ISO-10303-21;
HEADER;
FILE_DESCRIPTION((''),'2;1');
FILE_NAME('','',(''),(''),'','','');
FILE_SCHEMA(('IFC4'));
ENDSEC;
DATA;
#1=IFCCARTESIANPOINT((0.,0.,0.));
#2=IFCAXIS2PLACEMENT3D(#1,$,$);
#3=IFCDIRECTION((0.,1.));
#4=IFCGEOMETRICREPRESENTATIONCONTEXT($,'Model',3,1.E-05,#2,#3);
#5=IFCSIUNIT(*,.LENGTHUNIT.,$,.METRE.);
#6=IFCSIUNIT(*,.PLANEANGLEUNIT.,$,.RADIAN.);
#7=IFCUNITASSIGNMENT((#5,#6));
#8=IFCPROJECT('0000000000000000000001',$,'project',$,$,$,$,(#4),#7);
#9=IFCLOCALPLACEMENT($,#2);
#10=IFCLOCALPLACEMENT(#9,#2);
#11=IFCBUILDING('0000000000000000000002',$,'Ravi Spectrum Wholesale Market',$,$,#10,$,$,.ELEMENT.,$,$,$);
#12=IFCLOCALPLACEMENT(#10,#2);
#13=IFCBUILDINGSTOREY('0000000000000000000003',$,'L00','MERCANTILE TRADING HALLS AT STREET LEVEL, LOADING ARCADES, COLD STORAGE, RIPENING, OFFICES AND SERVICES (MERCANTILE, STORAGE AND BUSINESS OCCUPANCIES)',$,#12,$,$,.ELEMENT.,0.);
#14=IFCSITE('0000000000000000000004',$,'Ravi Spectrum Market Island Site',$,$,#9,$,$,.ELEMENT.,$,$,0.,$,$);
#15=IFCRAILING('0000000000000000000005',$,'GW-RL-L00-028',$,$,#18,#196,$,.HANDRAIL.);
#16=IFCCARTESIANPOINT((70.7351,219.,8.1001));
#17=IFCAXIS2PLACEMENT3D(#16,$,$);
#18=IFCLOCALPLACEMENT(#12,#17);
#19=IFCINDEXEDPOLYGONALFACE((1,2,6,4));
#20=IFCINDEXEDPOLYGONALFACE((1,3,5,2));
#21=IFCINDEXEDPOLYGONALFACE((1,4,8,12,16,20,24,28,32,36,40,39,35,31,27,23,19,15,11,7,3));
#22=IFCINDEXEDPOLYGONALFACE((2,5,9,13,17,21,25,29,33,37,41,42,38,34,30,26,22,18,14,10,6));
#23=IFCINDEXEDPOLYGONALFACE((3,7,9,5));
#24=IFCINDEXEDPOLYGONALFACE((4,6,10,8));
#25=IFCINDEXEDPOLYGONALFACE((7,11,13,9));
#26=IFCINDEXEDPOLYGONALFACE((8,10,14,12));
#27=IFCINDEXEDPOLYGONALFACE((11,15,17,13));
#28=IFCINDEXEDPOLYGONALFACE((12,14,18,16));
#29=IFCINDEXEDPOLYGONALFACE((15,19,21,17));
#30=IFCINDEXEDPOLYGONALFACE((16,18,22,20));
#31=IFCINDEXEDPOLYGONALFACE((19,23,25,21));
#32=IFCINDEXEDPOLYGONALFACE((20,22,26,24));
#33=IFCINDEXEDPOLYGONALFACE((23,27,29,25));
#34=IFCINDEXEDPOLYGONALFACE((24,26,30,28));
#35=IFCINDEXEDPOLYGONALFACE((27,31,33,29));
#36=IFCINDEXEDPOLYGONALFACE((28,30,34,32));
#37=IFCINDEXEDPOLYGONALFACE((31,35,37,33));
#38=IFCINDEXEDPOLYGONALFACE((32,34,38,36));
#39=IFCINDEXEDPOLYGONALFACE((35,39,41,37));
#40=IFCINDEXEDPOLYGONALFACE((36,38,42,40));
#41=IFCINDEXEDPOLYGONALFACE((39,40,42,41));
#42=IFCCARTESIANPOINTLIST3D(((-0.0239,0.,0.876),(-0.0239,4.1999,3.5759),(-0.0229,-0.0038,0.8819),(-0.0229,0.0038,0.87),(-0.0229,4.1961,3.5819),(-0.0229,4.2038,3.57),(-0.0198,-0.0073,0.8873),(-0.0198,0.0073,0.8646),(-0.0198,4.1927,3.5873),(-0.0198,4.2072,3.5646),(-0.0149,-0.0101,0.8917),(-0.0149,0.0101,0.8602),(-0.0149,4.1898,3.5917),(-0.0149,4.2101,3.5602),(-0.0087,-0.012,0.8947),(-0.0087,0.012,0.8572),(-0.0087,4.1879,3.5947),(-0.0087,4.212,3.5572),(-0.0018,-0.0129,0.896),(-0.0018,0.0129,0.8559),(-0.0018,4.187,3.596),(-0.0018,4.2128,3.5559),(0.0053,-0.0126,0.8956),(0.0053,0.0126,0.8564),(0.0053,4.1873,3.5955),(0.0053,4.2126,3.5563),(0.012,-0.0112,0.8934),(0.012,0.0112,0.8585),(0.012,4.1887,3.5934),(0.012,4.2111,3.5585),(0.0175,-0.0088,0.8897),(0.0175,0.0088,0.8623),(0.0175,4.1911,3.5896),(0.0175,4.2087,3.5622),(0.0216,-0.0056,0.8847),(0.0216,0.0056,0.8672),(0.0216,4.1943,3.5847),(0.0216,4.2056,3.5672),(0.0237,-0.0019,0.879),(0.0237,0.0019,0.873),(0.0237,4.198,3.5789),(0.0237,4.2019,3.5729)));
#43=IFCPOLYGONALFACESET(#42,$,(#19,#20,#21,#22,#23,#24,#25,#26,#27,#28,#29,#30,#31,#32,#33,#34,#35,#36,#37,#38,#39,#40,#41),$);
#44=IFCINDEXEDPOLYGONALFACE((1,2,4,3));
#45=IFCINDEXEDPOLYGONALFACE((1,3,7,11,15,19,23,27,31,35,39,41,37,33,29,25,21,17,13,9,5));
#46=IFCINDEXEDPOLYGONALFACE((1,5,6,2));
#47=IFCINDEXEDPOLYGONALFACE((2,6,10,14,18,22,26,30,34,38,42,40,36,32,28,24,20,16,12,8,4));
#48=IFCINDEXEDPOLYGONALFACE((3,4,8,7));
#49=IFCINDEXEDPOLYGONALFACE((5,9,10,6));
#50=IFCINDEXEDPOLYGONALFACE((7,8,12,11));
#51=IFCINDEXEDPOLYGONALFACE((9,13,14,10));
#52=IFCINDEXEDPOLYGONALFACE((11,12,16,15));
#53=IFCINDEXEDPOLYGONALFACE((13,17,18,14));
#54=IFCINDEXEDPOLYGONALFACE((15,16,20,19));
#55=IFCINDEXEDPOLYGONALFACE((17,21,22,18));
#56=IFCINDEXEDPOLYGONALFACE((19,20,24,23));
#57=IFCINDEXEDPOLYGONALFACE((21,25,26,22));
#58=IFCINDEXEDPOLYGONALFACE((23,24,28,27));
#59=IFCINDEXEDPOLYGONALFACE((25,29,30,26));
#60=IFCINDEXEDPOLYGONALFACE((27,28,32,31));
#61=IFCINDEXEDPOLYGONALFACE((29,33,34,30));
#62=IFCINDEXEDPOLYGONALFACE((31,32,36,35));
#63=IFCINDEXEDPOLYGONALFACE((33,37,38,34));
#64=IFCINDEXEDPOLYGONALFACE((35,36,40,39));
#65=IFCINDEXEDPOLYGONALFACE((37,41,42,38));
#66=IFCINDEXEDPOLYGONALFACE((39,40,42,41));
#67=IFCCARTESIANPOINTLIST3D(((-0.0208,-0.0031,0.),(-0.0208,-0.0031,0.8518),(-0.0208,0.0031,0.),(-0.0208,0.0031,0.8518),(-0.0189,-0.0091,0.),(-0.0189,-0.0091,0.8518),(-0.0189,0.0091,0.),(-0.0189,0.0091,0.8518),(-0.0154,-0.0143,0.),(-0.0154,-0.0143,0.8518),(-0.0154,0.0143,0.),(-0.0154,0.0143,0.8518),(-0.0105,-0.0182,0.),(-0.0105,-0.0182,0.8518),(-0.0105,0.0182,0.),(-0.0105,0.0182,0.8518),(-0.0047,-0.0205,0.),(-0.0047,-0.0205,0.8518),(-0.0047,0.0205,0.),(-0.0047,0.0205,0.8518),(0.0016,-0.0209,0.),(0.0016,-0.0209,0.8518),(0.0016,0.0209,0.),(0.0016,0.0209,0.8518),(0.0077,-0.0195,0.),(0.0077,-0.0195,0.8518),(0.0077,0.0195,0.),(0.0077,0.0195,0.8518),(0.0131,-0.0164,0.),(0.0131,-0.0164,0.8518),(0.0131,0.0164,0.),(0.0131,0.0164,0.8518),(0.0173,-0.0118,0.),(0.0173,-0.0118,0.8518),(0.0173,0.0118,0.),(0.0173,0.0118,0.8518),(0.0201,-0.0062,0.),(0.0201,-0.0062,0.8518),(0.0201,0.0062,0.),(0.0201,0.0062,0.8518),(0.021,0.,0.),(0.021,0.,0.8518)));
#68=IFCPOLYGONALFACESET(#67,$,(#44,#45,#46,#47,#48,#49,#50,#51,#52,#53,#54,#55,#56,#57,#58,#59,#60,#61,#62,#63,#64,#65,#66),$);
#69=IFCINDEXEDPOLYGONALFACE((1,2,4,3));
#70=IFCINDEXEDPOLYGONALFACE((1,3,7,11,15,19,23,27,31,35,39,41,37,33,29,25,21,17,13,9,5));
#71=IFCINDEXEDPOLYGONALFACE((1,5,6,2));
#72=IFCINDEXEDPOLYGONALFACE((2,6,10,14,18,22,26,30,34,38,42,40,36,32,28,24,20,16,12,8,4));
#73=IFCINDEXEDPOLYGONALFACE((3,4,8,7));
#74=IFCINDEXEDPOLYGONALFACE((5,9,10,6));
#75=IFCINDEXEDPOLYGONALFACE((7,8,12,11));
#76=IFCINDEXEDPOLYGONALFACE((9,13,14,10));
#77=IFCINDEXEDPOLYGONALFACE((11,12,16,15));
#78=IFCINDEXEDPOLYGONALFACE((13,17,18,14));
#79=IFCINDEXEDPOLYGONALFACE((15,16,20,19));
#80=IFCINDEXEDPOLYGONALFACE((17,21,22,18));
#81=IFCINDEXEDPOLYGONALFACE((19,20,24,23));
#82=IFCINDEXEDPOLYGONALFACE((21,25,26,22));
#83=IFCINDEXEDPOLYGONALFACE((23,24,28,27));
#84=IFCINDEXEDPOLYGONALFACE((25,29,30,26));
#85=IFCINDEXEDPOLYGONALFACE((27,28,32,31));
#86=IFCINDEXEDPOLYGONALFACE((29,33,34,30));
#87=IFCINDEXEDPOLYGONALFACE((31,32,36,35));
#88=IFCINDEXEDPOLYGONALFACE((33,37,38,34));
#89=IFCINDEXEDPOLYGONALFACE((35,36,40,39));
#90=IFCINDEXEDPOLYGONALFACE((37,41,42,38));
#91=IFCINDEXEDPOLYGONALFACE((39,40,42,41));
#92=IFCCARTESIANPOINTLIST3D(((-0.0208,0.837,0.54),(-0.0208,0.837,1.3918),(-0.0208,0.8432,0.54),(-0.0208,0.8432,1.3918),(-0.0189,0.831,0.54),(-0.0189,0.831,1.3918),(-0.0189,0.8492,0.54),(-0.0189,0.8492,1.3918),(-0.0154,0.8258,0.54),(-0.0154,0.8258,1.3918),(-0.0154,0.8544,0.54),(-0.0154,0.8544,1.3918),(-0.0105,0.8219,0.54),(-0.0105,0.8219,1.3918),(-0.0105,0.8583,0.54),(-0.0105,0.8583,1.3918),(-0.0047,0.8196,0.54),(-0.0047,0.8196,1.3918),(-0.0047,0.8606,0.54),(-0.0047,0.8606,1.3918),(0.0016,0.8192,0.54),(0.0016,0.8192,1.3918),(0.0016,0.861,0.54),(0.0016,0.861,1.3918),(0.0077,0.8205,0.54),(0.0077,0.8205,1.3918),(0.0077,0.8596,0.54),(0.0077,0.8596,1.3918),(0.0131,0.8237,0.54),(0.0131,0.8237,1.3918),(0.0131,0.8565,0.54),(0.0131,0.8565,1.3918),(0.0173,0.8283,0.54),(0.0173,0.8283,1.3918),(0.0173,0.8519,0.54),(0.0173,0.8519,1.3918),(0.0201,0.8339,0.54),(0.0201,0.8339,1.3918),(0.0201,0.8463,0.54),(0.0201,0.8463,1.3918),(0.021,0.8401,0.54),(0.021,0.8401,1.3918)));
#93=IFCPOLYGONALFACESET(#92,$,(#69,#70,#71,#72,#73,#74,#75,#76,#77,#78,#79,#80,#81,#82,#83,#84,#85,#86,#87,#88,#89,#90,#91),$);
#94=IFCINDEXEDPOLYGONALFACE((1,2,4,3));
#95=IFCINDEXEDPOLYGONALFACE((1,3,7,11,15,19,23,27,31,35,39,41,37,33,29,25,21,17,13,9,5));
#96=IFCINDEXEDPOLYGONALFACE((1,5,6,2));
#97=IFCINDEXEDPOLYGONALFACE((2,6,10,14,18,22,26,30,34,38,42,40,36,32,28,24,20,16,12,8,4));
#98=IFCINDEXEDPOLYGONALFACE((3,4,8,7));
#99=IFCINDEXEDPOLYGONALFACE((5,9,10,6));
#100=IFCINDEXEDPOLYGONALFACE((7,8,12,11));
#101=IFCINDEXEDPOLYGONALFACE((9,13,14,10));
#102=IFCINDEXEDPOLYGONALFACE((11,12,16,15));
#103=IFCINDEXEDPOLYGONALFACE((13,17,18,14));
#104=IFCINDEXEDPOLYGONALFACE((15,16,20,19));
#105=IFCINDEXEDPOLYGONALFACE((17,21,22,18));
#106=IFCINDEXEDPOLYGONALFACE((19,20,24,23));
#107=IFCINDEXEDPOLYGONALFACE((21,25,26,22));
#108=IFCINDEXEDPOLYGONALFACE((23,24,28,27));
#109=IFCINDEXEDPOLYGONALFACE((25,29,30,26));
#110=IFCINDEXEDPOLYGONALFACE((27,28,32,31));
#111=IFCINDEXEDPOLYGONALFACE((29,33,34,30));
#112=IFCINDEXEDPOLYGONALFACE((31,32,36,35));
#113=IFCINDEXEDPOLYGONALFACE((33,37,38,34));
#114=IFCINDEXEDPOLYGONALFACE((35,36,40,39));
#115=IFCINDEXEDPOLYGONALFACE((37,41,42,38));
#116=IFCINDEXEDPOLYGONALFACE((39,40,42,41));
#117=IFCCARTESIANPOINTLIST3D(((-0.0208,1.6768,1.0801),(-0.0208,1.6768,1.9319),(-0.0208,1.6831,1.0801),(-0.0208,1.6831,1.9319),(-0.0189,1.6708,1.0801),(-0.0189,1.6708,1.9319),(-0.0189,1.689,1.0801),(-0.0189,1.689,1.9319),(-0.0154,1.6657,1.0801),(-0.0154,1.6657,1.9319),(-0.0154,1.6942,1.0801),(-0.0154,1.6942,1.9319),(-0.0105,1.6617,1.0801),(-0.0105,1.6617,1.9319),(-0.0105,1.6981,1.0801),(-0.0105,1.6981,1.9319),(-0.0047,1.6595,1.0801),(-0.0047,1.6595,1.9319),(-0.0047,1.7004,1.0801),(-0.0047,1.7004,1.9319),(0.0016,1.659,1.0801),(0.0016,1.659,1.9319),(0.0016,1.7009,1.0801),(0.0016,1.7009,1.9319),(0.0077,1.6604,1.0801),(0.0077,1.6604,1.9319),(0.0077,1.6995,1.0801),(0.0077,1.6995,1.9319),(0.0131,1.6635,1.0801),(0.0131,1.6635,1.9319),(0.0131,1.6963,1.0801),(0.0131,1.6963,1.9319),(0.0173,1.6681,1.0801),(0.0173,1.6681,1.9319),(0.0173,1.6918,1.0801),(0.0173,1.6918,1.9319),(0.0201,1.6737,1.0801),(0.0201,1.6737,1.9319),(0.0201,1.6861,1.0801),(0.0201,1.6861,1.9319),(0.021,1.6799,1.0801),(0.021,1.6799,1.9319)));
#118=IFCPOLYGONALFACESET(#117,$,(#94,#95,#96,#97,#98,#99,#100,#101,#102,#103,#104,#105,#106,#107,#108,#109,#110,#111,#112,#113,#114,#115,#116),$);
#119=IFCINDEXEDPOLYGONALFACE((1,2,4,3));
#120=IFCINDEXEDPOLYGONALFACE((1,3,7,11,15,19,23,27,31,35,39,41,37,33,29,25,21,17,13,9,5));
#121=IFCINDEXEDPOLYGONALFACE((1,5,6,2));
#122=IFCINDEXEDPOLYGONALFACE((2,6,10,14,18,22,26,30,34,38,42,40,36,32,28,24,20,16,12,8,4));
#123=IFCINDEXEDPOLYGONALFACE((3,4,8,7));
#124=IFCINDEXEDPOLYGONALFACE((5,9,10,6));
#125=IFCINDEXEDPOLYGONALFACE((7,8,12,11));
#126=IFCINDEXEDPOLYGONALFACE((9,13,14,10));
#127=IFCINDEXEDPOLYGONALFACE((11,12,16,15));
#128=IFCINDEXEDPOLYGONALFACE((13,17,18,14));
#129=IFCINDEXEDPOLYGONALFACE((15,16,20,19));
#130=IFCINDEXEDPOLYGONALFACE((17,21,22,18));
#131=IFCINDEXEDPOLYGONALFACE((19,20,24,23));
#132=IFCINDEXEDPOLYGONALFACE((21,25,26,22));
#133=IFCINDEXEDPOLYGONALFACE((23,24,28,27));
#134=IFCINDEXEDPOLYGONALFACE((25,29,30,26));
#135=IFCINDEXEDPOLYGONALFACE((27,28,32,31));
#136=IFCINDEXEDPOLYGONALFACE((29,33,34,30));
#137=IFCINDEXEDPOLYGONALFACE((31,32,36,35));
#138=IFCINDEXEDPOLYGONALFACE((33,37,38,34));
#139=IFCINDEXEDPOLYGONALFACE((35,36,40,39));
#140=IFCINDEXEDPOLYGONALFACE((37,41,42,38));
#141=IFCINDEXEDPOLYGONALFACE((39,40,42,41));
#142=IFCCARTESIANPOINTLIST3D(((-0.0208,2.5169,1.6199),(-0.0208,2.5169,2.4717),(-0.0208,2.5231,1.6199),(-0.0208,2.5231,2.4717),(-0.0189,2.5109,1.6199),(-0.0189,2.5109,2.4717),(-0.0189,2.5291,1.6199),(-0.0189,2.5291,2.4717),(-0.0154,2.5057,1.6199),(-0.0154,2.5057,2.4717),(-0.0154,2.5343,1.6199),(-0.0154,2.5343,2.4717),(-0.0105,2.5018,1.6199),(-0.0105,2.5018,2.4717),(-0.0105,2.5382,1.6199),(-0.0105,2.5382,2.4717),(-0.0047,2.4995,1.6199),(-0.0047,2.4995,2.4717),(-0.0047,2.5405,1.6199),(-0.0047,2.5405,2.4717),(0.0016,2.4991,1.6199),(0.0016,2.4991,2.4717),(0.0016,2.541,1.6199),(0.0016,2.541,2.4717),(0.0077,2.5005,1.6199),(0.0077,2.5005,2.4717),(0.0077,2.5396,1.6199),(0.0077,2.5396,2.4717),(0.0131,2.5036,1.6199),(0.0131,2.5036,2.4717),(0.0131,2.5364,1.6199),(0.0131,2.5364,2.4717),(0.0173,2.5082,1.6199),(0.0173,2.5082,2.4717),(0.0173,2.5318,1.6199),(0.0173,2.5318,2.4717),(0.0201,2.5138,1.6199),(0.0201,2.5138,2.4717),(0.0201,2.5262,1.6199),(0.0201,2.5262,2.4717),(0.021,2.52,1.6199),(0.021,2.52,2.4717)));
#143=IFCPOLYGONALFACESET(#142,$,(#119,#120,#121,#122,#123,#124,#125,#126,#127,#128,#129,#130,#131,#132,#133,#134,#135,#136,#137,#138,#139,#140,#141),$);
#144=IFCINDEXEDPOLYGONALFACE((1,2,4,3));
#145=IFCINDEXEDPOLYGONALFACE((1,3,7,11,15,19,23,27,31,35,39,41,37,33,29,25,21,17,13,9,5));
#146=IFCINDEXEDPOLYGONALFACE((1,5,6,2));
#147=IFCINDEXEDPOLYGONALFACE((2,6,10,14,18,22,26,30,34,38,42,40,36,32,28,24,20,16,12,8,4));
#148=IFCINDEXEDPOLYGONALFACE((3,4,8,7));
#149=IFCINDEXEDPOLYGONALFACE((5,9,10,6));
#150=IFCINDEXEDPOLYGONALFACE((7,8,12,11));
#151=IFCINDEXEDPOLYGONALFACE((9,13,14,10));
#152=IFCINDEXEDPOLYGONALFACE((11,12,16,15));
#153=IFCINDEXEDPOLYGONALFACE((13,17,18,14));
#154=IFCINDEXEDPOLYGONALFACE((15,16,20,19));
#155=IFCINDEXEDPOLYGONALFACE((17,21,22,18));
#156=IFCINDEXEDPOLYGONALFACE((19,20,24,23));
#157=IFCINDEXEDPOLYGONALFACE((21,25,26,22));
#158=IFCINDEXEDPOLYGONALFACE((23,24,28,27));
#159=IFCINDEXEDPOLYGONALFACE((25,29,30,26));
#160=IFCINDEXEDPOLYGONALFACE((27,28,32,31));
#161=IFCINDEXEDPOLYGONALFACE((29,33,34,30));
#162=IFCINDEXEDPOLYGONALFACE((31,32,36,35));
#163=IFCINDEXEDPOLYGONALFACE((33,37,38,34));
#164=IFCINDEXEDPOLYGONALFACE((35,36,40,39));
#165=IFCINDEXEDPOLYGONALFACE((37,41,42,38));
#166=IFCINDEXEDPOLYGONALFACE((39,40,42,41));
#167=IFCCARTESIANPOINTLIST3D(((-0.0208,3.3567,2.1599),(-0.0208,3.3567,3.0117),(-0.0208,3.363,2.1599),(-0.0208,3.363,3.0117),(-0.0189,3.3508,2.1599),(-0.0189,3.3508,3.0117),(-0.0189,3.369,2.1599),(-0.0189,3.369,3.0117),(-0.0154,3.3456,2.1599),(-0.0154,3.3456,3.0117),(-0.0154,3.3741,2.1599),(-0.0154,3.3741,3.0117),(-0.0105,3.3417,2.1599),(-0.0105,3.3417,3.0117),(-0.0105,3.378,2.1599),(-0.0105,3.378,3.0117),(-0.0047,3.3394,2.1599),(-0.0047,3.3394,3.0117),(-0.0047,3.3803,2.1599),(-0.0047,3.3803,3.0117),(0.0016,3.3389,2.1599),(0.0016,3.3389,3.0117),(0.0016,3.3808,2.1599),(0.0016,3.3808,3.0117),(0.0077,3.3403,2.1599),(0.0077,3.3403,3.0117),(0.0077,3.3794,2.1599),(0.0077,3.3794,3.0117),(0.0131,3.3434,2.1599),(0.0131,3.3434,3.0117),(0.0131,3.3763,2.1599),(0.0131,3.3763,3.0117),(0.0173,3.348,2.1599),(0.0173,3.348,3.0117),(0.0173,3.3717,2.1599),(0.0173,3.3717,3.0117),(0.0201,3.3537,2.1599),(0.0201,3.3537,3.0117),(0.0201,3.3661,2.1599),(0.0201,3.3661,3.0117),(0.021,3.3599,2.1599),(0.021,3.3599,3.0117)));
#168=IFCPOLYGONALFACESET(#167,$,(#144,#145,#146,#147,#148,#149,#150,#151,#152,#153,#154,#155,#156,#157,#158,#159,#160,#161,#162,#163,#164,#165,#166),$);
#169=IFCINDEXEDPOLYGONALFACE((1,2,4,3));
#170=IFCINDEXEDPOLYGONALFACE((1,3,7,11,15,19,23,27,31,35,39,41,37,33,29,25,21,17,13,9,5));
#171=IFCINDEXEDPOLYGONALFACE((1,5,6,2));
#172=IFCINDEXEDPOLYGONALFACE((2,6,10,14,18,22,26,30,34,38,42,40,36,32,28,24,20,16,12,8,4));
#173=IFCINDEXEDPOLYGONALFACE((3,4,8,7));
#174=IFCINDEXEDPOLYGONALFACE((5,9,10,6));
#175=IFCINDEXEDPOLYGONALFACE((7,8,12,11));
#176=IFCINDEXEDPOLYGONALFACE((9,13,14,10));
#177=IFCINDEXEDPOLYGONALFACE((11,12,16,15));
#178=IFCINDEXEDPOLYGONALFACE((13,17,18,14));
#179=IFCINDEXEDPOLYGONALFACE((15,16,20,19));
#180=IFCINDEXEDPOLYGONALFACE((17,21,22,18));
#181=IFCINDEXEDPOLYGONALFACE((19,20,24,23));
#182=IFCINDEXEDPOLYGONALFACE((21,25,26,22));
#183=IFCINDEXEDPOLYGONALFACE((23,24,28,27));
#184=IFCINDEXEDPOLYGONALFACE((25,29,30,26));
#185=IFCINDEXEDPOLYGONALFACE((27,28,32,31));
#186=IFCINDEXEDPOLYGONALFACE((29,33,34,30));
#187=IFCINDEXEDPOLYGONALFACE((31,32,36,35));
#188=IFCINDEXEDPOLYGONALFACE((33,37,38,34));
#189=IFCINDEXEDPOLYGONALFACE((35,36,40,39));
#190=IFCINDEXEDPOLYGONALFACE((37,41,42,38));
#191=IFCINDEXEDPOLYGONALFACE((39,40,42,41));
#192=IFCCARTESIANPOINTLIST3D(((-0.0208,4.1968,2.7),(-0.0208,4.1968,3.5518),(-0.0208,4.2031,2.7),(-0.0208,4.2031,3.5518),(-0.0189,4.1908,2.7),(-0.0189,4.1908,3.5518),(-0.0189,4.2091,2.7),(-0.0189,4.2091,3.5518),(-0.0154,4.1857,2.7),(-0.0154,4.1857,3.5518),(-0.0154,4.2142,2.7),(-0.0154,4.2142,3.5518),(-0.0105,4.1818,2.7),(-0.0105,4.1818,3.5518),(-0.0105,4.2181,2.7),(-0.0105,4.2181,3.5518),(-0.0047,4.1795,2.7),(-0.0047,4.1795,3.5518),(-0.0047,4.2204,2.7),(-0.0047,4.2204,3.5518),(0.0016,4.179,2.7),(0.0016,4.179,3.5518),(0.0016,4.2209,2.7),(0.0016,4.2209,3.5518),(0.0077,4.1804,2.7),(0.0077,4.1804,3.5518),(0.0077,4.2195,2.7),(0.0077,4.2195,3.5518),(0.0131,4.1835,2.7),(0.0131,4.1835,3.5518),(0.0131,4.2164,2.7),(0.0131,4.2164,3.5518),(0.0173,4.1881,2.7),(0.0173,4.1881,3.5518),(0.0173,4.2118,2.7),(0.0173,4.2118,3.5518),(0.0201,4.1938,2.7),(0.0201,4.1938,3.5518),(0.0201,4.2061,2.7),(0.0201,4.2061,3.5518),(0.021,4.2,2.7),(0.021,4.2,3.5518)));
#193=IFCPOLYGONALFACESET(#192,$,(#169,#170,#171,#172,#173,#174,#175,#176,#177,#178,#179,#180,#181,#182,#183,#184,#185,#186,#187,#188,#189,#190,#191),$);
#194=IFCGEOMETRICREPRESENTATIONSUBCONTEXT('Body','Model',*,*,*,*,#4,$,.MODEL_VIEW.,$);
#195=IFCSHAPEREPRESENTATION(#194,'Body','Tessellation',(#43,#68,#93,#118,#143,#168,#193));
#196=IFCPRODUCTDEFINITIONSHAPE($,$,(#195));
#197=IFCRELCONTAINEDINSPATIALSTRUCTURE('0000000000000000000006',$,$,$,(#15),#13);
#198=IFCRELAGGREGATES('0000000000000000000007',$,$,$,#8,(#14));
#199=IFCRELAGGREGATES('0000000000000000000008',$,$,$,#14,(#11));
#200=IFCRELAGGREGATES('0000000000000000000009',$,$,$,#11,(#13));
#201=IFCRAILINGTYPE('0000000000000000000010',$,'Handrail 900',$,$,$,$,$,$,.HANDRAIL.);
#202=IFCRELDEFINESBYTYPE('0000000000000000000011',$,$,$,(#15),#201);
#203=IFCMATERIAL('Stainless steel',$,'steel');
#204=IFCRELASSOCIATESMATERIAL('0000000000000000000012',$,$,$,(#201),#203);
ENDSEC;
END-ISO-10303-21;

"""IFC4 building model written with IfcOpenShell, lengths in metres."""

from ifc_helpers import new_model, si_unit, direction, frame, origin, origin_2d, place, context, subcontext, project, spatial, circle, extrude, material, type_object, element, save


model = new_model("IFC4")

# Units and contexts
model_context = context("Model", 3, precision=1e-05, world=origin(), true_north=direction((0.0, 1.0)))
body_context = subcontext(model_context, "Body", "Model", "MODEL_VIEW")
ifc_project = project(units=[si_unit("LENGTHUNIT", "METRE"), si_unit("PLANEANGLEUNIT", "RADIAN")], contexts=[model_context])

# Site, building, storey
site_placement = place(None, origin())
site = spatial("IfcSite", under=ifc_project, at=site_placement, Name="Ravi Spectrum Market Island Site", CompositionType="ELEMENT", RefElevation=0.0)
building_placement = place(site_placement, origin())
building = spatial("IfcBuilding", under=site, at=building_placement, Name="Ravi Spectrum Wholesale Market", CompositionType="ELEMENT")
storey_placement = place(building_placement, origin())
storey = spatial("IfcBuildingStorey", under=building, at=storey_placement, Name="L00", Description="MERCANTILE TRADING HALLS AT STREET LEVEL, LOADING ARCADES, COLD STORAGE, RIPENING, OFFICES AND SERVICES (MERCANTILE, STORAGE AND BUSINESS OCCUPANCIES)", CompositionType="ELEMENT", Elevation=0.0)

# Railing
ifc_material_1 = material(Name="Stainless steel", Category="steel")
railing_type_1 = type_object("IfcRailingType", Name="Handrail 900", PredefinedType="HANDRAIL", material=ifc_material_1)
railing_1_placement = place(storey_placement, frame((70.7351, 219.0, 8.1001)))
element("IfcRailing", 1, at=railing_1_placement, inside=storey, type_object=railing_type_1, Name="GW-RL-L00-028", PredefinedType="HANDRAIL", context=body_context, shape_type="SweptSolid", body=[
    extrude(circle(Radius=0.0239, at=origin_2d()), frame((0.0, 0.0, 0.876), z_axis=(0.0, 0.84118, 0.540755), x_axis=(-1.0, 0.0, 0.0)), (0.0, 0.0, 1.0), 4.9929),
    extrude(circle(Radius=0.021, at=origin_2d()), origin(), (0.0, 0.0, 1.0), 0.8518),
    extrude(circle(Radius=0.021, at=origin_2d()), frame((0.0, 0.8401, 0.54)), (0.0, 0.0, 1.0), 0.8518),
    extrude(circle(Radius=0.021, at=origin_2d()), frame((0.0, 1.6799, 1.0801)), (0.0, 0.0, 1.0), 0.8518),
    extrude(circle(Radius=0.021, at=origin_2d()), frame((0.0, 2.52, 1.6199)), (0.0, 0.0, 1.0), 0.8518),
    extrude(circle(Radius=0.021, at=origin_2d()), frame((0.0, 3.3599, 2.1599)), (0.0, 0.0, 1.0), 0.8518),
    extrude(circle(Radius=0.021, at=origin_2d()), frame((0.0, 4.2, 2.7)), (0.0, 0.0, 1.0), 0.8518),
])

save(model, "model.ifc")
